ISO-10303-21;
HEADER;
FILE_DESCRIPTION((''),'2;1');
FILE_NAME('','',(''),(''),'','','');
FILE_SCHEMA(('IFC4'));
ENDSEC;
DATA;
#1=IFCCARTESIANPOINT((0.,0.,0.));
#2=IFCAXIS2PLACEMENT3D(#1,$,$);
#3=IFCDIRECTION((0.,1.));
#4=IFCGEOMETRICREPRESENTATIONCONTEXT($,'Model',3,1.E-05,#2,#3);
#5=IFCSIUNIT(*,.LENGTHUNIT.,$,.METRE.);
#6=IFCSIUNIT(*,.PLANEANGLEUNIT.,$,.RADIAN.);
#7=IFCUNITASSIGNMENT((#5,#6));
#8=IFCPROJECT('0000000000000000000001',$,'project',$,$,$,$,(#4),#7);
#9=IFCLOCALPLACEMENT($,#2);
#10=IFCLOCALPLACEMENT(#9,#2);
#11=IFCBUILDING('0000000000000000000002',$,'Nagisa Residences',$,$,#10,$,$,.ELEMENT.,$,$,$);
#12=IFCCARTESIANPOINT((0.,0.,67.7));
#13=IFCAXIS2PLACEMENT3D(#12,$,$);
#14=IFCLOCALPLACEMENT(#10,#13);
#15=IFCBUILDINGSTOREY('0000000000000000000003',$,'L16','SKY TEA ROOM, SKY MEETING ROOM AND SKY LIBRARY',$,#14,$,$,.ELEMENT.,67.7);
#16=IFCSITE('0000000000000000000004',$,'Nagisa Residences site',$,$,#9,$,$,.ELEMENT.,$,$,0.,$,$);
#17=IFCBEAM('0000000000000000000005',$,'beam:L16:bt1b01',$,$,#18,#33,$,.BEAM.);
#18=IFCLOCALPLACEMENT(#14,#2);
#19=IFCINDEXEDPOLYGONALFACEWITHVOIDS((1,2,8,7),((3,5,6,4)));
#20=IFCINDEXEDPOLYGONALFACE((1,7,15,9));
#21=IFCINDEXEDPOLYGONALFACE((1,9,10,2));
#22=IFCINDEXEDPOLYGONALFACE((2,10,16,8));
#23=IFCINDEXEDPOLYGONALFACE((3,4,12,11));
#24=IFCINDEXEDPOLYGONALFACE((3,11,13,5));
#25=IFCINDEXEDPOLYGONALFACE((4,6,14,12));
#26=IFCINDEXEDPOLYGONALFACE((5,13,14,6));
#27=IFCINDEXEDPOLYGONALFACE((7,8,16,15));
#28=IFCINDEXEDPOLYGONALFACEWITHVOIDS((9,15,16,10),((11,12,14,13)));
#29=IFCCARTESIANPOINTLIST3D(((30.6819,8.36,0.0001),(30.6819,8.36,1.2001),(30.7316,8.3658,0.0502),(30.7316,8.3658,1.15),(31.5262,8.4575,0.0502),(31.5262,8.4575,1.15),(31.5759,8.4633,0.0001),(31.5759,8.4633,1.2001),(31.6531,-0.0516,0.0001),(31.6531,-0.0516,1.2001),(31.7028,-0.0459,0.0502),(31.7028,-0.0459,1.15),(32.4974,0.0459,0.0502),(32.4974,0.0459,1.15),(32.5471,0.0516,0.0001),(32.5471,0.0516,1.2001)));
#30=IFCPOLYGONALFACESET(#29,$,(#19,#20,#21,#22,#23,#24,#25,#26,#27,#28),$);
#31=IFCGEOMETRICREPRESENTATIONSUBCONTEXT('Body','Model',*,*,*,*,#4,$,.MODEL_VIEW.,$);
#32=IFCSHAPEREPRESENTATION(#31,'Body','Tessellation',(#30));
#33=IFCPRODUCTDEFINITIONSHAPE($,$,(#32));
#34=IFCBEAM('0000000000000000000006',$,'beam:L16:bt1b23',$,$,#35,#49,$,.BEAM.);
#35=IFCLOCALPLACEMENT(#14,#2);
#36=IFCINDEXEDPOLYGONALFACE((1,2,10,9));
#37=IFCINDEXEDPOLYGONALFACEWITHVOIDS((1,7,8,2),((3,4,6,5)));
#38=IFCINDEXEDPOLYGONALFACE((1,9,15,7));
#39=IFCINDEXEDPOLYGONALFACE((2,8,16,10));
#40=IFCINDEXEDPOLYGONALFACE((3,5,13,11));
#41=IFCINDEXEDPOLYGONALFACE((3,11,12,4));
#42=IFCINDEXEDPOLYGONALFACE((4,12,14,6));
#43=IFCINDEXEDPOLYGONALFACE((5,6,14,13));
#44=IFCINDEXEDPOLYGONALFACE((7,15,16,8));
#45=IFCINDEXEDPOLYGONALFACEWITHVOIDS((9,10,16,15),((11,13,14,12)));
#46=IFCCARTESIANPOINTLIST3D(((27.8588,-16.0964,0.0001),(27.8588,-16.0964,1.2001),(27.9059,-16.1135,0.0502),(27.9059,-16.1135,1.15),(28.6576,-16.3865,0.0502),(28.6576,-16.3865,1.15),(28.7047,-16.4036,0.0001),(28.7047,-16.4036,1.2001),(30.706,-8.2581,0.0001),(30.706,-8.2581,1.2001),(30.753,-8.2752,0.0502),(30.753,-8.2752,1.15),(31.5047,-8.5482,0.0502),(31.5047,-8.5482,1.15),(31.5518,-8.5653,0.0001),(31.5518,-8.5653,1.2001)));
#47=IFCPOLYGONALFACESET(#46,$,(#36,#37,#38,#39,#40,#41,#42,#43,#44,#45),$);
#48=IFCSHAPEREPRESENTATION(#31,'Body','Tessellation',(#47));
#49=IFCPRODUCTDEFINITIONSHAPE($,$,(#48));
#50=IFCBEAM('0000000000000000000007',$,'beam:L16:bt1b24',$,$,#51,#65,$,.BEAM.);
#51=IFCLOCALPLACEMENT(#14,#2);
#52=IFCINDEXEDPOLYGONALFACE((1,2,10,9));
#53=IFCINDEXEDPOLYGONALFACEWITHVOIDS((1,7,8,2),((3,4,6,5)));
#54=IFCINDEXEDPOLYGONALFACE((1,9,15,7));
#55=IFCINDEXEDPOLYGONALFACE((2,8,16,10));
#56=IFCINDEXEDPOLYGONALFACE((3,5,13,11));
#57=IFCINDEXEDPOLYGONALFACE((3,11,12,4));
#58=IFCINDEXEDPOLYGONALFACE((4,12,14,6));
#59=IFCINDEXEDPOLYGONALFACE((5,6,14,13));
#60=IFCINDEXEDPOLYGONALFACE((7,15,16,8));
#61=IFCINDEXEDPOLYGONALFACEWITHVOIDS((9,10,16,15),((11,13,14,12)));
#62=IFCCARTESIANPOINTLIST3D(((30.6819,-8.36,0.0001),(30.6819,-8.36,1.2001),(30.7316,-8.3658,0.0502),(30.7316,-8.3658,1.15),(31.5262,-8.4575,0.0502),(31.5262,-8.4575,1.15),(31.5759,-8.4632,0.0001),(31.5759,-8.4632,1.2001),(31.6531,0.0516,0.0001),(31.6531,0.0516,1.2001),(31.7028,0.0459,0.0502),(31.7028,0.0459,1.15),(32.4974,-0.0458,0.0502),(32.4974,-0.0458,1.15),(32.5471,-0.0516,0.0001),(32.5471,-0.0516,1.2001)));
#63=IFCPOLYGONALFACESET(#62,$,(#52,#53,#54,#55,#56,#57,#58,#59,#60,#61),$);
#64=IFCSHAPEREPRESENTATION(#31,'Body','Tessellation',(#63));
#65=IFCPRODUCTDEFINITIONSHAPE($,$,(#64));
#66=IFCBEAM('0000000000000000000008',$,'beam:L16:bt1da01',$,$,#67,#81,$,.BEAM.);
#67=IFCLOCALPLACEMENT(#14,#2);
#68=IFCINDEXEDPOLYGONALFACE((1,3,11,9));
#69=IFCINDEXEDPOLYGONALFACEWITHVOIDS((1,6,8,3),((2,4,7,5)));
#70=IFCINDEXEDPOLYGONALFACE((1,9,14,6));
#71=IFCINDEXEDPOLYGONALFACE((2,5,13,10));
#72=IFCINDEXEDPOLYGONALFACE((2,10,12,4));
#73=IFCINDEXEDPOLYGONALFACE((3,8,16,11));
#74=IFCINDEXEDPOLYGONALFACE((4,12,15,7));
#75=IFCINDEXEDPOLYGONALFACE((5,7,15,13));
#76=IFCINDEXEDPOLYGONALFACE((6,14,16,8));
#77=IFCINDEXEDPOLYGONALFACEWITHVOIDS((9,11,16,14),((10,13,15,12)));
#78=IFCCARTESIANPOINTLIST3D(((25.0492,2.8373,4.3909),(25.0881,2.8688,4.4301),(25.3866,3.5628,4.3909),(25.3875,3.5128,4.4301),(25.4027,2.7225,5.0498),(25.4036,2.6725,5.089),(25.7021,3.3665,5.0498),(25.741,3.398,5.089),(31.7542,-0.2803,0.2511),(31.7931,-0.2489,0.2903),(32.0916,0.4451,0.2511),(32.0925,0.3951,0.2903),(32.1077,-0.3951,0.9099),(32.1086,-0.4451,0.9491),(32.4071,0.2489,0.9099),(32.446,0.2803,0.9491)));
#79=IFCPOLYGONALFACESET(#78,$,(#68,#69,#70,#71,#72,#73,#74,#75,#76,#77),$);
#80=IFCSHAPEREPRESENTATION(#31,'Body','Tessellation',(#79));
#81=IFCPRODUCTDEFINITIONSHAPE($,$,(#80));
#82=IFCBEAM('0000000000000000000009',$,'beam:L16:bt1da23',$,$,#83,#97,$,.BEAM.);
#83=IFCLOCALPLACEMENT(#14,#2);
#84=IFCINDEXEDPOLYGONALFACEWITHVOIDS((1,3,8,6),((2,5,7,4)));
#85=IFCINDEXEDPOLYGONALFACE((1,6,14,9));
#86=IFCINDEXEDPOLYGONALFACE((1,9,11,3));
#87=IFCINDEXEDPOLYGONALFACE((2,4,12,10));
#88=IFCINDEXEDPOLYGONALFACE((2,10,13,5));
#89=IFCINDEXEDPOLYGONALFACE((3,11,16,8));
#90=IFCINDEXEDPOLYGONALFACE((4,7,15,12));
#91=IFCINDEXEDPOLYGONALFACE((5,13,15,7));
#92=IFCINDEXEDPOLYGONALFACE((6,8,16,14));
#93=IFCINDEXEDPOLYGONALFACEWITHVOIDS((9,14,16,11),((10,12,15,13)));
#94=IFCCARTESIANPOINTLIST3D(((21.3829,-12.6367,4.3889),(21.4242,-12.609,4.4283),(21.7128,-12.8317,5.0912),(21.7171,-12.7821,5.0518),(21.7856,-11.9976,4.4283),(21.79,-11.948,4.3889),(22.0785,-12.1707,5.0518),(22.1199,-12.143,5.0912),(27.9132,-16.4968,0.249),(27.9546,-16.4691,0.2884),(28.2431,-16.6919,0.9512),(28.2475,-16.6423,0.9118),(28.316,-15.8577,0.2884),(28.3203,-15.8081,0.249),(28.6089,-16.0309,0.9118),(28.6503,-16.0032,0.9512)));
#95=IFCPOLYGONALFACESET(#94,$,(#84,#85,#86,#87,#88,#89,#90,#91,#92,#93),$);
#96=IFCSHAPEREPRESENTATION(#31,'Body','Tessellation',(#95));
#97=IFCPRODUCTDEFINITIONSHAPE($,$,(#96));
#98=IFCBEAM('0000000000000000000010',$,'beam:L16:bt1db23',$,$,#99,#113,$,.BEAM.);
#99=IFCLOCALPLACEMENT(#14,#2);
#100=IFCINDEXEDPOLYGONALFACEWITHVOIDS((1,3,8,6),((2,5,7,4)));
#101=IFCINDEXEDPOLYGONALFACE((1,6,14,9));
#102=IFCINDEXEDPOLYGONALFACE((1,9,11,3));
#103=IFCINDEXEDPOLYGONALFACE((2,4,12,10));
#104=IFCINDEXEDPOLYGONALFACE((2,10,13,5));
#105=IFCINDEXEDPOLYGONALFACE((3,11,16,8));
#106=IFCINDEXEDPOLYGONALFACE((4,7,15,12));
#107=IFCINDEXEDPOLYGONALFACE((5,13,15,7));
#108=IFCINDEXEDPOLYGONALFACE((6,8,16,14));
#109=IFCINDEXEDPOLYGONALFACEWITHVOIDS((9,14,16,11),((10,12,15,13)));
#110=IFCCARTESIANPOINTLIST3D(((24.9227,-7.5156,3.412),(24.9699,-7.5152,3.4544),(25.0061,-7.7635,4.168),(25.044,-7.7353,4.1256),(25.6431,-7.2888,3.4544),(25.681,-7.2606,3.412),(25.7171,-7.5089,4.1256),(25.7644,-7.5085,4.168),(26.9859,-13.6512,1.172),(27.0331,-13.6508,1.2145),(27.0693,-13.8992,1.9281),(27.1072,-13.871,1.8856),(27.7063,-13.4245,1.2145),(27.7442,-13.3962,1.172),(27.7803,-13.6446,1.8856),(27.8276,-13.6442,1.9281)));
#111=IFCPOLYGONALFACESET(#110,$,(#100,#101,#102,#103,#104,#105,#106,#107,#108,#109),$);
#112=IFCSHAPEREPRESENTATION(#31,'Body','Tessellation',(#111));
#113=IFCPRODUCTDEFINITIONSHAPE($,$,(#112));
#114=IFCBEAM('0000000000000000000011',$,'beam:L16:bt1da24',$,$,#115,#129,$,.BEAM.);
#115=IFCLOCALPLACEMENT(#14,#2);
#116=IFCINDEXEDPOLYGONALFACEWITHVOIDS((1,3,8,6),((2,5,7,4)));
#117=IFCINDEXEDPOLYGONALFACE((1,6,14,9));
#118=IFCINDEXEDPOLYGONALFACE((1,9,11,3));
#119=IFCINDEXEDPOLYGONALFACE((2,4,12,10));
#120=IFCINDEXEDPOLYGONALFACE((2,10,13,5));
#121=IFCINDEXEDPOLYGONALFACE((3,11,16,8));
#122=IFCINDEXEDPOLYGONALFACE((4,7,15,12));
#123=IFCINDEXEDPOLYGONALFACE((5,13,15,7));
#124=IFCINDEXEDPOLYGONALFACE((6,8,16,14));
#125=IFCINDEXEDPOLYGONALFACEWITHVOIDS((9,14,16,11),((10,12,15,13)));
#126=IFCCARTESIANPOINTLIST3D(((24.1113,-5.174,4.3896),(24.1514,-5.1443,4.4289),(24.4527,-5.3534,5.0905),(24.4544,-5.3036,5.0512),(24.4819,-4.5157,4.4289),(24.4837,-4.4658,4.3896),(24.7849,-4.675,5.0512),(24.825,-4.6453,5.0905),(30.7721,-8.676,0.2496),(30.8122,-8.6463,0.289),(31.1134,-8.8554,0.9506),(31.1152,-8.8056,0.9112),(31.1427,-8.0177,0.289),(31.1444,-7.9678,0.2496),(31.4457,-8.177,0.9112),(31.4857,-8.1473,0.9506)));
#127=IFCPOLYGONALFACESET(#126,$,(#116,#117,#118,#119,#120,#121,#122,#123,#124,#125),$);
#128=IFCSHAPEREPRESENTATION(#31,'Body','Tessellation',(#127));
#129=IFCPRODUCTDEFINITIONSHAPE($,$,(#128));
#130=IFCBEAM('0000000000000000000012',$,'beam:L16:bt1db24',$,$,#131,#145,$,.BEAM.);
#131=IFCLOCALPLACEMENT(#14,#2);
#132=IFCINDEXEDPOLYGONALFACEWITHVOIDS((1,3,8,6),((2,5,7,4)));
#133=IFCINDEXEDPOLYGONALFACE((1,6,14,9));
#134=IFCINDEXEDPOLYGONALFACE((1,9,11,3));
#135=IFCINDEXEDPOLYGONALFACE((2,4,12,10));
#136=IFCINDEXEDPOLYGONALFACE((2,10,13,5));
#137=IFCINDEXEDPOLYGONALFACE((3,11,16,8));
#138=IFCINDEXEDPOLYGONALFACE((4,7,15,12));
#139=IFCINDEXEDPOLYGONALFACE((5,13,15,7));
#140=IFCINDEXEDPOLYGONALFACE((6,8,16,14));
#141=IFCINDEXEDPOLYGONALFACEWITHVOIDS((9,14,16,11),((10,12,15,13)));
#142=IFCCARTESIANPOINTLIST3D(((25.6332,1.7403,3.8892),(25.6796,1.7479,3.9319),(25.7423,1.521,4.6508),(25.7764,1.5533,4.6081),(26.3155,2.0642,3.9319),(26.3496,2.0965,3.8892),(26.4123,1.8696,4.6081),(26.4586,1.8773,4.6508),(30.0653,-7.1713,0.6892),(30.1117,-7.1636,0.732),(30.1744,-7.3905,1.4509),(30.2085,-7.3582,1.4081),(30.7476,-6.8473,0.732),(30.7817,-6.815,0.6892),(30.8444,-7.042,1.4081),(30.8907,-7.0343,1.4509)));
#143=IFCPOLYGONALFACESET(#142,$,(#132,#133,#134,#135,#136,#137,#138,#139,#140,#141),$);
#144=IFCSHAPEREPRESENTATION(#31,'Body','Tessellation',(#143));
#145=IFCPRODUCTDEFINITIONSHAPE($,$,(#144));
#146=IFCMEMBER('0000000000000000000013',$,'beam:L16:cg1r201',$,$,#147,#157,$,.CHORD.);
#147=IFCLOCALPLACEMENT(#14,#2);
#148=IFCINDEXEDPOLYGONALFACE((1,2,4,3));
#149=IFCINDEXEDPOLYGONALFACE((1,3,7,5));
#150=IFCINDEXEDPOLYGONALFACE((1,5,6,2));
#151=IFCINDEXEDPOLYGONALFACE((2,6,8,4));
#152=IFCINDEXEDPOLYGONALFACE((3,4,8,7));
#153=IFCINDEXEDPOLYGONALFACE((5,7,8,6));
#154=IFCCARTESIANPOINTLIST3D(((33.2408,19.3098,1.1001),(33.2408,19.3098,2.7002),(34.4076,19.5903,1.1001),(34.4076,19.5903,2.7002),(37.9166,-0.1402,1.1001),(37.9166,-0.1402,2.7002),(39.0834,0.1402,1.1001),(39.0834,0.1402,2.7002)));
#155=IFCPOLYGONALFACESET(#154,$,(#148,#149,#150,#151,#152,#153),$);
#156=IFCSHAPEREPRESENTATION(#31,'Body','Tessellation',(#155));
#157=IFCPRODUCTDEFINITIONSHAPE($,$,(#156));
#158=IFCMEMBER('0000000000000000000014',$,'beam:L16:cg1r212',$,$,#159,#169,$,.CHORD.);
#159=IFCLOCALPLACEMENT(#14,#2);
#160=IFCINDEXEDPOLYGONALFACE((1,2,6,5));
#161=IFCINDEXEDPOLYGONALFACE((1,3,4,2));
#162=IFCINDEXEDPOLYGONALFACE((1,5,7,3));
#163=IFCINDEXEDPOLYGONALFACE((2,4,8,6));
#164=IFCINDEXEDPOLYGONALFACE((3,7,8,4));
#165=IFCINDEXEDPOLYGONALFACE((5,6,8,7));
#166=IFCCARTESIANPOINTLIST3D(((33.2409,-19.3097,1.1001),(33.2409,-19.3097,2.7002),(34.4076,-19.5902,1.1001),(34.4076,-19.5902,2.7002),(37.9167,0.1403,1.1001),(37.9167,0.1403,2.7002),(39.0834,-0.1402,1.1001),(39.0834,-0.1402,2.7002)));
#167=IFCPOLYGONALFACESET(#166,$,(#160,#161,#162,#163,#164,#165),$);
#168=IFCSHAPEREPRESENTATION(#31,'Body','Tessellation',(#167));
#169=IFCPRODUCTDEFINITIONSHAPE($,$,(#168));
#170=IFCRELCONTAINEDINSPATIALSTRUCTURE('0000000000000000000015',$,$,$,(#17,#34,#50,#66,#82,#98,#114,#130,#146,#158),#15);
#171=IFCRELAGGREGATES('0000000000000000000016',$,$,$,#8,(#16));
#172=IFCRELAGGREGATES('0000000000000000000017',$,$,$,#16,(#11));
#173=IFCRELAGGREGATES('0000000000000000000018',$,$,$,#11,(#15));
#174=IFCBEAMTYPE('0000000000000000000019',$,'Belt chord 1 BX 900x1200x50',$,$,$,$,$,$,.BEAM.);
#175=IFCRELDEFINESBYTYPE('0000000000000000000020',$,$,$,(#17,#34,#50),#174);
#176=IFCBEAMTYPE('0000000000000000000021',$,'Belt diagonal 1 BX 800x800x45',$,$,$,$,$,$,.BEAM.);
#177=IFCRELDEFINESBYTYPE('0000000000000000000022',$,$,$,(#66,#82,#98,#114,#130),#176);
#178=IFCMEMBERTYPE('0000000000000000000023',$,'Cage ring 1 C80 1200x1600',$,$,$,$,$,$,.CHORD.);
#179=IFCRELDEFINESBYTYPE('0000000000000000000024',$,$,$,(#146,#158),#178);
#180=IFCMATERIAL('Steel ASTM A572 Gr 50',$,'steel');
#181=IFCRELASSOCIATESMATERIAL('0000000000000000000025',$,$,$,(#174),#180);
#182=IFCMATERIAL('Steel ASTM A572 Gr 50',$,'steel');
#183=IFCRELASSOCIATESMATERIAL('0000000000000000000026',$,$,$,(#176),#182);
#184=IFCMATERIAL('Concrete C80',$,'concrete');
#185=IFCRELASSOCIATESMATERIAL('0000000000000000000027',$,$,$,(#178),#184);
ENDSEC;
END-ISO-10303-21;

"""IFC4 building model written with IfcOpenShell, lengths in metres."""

from ifc_helpers import new_model, si_unit, direction, frame, origin, origin_2d, place, context, subcontext, project, spatial, rectangle, hollow_rectangle, extrude, material, material_profile, profile_set, type_object, element, save


model = new_model("IFC4")

# Units and contexts
model_context = context("Model", 3, precision=1e-05, world=origin(), true_north=direction((0.0, 1.0)))
body_context = subcontext(model_context, "Body", "Model", "MODEL_VIEW")
ifc_project = project(units=[si_unit("LENGTHUNIT", "METRE"), si_unit("PLANEANGLEUNIT", "RADIAN")], contexts=[model_context])

# Site, building, storey
site_placement = place(None, origin())
site = spatial("IfcSite", under=ifc_project, at=site_placement, Name="Nagisa Residences site", CompositionType="ELEMENT", RefElevation=0.0)
building_placement = place(site_placement, origin())
building = spatial("IfcBuilding", under=site, at=building_placement, Name="Nagisa Residences", CompositionType="ELEMENT")
storey_placement = place(building_placement, frame((0.0, 0.0, 67.7)))
storey = spatial("IfcBuildingStorey", under=building, at=storey_placement, Name="L16", Description="SKY TEA ROOM, SKY MEETING ROOM AND SKY LIBRARY", CompositionType="ELEMENT", Elevation=67.7)

# Beams
ifc_material_1 = material(Name="Steel ASTM A572 Gr 50", Category="steel")
ifc_material_profile_1 = material_profile(ifc_material_1, hollow_rectangle(XDim=0.8999, YDim=1.2, WallThickness=0.05, at=origin_2d()), Name="BX 900x1200x50")
ifc_profile_set_1 = profile_set([ifc_material_profile_1], Name="Steel ASTM A572 Gr 50")
beam_type_1 = type_object("IfcBeamType", Name="Belt chord 1 BX 900x1200x50", PredefinedType="BEAM", material=ifc_profile_set_1)
beam_1_placement = place(storey_placement, frame((32.1001, 0.0, 0.6001), z_axis=(-0.114696, 0.993401, 0.0), x_axis=(-0.993401, -0.114696, 0.0)))
element("IfcBeam", 1, at=beam_1_placement, inside=storey, type_object=beam_type_1, Name="beam:L16:bt1b01", PredefinedType="BEAM", context=body_context, shape_type="SweptSolid", body=[
    extrude(hollow_rectangle(XDim=0.8999, YDim=1.2, WallThickness=0.05, at=origin_2d()), origin(), (0.0, 0.0, 1.0), 8.4675),
])
beam_2_placement = place(storey_placement, frame((28.2817, -16.25, 0.6001), z_axis=(0.341409, 0.939915, 0.0), x_axis=(-0.939915, 0.341409, 0.0)))
element("IfcBeam", 2, at=beam_2_placement, inside=storey, type_object=beam_type_1, Name="beam:L16:bt1b23", PredefinedType="BEAM", context=body_context, shape_type="SweptSolid", body=[
    extrude(hollow_rectangle(XDim=0.8999, YDim=1.2, WallThickness=0.05, at=origin_2d()), origin(), (0.0, 0.0, 1.0), 8.3394),
])
beam_3_placement = place(storey_placement, frame((31.1289, -8.4116, 0.6001), z_axis=(0.114696, 0.993401, 0.0), x_axis=(-0.993401, 0.114696, 0.0)))
element("IfcBeam", 3, at=beam_3_placement, inside=storey, type_object=beam_type_1, Name="beam:L16:bt1b24", PredefinedType="BEAM", context=body_context, shape_type="SweptSolid", body=[
    extrude(hollow_rectangle(XDim=0.8999, YDim=1.2, WallThickness=0.05, at=origin_2d()), origin(), (0.0, 0.0, 1.0), 8.4675),
])
ifc_material_2 = material(Name="Steel ASTM A572 Gr 50", Category="steel")
ifc_material_profile_2 = material_profile(ifc_material_2, hollow_rectangle(XDim=0.8, YDim=0.8, WallThickness=0.0449, at=origin_2d()), Name="BX 800x800x45")
ifc_profile_set_2 = profile_set([ifc_material_profile_2], Name="Steel ASTM A572 Gr 50")
beam_type_2 = type_object("IfcBeamType", Name="Belt diagonal 1 BX 800x800x45", PredefinedType="BEAM", material=ifc_profile_set_2)
beam_4_placement = place(storey_placement, frame((32.1001, 0.0, 0.6001), z_axis=(-0.791209, 0.36789, 0.488513), x_axis=(-0.421623, -0.906771, 0.0)))
element("IfcBeam", 4, at=beam_4_placement, inside=storey, type_object=beam_type_2, Name="beam:L16:bt1da01", PredefinedType="BEAM", context=body_context, shape_type="SweptSolid", body=[
    extrude(hollow_rectangle(XDim=0.8, YDim=0.8, WallThickness=0.0449, at=origin_2d()), origin(), (0.0, 0.0, 1.0), 8.4744),
])
beam_5_placement = place(storey_placement, frame((28.2817, -16.25, 0.6001), z_axis=(-0.755647, 0.44667, 0.479045), x_axis=(-0.508857, -0.860851, 0.0)))
element("IfcBeam", 5, at=beam_5_placement, inside=storey, type_object=beam_type_2, Name="beam:L16:bt1da23", PredefinedType="BEAM", context=body_context, shape_type="SweptSolid", body=[
    extrude(hollow_rectangle(XDim=0.8, YDim=0.8, WallThickness=0.0449, at=origin_2d()), origin(), (0.0, 0.0, 1.0), 8.6421),
])
beam_6_placement = place(storey_placement, frame((27.4067, -13.6477, 1.55), z_axis=(-0.301204, 0.895735, 0.327008), x_axis=(-0.947847, -0.318727, 0.0)))
element("IfcBeam", 6, at=beam_6_placement, inside=storey, type_object=beam_type_2, Name="beam:L16:bt1db23", PredefinedType="BEAM", context=body_context, shape_type="SweptSolid", body=[
    extrude(hollow_rectangle(XDim=0.8, YDim=0.8, WallThickness=0.0449, at=origin_2d()), origin(), (0.0, 0.0, 1.0), 6.8499),
])
beam_7_placement = place(storey_placement, frame((31.1289, -8.4116, 0.6001), z_axis=(-0.775508, 0.407737, 0.482014), x_axis=(-0.465367, -0.885118, 0.0)))
element("IfcBeam", 7, at=beam_7_placement, inside=storey, type_object=beam_type_2, Name="beam:L16:bt1da24", PredefinedType="BEAM", context=body_context, shape_type="SweptSolid", body=[
    extrude(hollow_rectangle(XDim=0.8, YDim=0.8, WallThickness=0.0449, at=origin_2d()), origin(), (0.0, 0.0, 1.0), 8.5889),
])
beam_8_placement = place(storey_placement, frame((30.478, -7.1028, 1.0701), z_axis=(-0.423937, 0.852405, 0.306078), x_axis=(-0.895377, -0.445309, 0.0)))
element("IfcBeam", 8, at=beam_8_placement, inside=storey, type_object=beam_type_2, Name="beam:L16:bt1db24", PredefinedType="BEAM", context=body_context, shape_type="SweptSolid", body=[
    extrude(hollow_rectangle(XDim=0.8, YDim=0.8, WallThickness=0.0449, at=origin_2d()), origin(), (0.0, 0.0, 1.0), 10.4546),
])

# Members
ifc_material_3 = material(Name="Concrete C80", Category="concrete")
ifc_material_profile_3 = material_profile(ifc_material_3, rectangle(XDim=1.2, YDim=1.6001, at=origin_2d()), Name="C80 1200x1600")
ifc_profile_set_3 = profile_set([ifc_material_profile_3], Name="Concrete C80")
member_type_1 = type_object("IfcMemberType", Name="Cage ring 1 C80 1200x1600", PredefinedType="CHORD", material=ifc_profile_set_3)
for number, where, z_axis, x_axis, name in (
    (9, (38.5, 0.0, 1.9001), (-0.233741, 0.972299, 0.0), (-0.972299, -0.233741, 0.0), "beam:L16:cg1r201"),
    (10, (33.8242, -19.45, 1.9001), (0.233741, 0.972299, 0.0), (-0.972299, 0.233741, 0.0), "beam:L16:cg1r212"),
):
    element("IfcMember", number, at=place(storey_placement, frame(where, z_axis=z_axis, x_axis=x_axis)), inside=storey, type_object=member_type_1, Name=name, PredefinedType="CHORD", context=body_context, shape_type="SweptSolid", body=[
        extrude(rectangle(XDim=1.2, YDim=1.6001, at=origin_2d()), origin(), (0.0, 0.0, 1.0), 20.0042),
    ])

save(model, "model.ifc")
